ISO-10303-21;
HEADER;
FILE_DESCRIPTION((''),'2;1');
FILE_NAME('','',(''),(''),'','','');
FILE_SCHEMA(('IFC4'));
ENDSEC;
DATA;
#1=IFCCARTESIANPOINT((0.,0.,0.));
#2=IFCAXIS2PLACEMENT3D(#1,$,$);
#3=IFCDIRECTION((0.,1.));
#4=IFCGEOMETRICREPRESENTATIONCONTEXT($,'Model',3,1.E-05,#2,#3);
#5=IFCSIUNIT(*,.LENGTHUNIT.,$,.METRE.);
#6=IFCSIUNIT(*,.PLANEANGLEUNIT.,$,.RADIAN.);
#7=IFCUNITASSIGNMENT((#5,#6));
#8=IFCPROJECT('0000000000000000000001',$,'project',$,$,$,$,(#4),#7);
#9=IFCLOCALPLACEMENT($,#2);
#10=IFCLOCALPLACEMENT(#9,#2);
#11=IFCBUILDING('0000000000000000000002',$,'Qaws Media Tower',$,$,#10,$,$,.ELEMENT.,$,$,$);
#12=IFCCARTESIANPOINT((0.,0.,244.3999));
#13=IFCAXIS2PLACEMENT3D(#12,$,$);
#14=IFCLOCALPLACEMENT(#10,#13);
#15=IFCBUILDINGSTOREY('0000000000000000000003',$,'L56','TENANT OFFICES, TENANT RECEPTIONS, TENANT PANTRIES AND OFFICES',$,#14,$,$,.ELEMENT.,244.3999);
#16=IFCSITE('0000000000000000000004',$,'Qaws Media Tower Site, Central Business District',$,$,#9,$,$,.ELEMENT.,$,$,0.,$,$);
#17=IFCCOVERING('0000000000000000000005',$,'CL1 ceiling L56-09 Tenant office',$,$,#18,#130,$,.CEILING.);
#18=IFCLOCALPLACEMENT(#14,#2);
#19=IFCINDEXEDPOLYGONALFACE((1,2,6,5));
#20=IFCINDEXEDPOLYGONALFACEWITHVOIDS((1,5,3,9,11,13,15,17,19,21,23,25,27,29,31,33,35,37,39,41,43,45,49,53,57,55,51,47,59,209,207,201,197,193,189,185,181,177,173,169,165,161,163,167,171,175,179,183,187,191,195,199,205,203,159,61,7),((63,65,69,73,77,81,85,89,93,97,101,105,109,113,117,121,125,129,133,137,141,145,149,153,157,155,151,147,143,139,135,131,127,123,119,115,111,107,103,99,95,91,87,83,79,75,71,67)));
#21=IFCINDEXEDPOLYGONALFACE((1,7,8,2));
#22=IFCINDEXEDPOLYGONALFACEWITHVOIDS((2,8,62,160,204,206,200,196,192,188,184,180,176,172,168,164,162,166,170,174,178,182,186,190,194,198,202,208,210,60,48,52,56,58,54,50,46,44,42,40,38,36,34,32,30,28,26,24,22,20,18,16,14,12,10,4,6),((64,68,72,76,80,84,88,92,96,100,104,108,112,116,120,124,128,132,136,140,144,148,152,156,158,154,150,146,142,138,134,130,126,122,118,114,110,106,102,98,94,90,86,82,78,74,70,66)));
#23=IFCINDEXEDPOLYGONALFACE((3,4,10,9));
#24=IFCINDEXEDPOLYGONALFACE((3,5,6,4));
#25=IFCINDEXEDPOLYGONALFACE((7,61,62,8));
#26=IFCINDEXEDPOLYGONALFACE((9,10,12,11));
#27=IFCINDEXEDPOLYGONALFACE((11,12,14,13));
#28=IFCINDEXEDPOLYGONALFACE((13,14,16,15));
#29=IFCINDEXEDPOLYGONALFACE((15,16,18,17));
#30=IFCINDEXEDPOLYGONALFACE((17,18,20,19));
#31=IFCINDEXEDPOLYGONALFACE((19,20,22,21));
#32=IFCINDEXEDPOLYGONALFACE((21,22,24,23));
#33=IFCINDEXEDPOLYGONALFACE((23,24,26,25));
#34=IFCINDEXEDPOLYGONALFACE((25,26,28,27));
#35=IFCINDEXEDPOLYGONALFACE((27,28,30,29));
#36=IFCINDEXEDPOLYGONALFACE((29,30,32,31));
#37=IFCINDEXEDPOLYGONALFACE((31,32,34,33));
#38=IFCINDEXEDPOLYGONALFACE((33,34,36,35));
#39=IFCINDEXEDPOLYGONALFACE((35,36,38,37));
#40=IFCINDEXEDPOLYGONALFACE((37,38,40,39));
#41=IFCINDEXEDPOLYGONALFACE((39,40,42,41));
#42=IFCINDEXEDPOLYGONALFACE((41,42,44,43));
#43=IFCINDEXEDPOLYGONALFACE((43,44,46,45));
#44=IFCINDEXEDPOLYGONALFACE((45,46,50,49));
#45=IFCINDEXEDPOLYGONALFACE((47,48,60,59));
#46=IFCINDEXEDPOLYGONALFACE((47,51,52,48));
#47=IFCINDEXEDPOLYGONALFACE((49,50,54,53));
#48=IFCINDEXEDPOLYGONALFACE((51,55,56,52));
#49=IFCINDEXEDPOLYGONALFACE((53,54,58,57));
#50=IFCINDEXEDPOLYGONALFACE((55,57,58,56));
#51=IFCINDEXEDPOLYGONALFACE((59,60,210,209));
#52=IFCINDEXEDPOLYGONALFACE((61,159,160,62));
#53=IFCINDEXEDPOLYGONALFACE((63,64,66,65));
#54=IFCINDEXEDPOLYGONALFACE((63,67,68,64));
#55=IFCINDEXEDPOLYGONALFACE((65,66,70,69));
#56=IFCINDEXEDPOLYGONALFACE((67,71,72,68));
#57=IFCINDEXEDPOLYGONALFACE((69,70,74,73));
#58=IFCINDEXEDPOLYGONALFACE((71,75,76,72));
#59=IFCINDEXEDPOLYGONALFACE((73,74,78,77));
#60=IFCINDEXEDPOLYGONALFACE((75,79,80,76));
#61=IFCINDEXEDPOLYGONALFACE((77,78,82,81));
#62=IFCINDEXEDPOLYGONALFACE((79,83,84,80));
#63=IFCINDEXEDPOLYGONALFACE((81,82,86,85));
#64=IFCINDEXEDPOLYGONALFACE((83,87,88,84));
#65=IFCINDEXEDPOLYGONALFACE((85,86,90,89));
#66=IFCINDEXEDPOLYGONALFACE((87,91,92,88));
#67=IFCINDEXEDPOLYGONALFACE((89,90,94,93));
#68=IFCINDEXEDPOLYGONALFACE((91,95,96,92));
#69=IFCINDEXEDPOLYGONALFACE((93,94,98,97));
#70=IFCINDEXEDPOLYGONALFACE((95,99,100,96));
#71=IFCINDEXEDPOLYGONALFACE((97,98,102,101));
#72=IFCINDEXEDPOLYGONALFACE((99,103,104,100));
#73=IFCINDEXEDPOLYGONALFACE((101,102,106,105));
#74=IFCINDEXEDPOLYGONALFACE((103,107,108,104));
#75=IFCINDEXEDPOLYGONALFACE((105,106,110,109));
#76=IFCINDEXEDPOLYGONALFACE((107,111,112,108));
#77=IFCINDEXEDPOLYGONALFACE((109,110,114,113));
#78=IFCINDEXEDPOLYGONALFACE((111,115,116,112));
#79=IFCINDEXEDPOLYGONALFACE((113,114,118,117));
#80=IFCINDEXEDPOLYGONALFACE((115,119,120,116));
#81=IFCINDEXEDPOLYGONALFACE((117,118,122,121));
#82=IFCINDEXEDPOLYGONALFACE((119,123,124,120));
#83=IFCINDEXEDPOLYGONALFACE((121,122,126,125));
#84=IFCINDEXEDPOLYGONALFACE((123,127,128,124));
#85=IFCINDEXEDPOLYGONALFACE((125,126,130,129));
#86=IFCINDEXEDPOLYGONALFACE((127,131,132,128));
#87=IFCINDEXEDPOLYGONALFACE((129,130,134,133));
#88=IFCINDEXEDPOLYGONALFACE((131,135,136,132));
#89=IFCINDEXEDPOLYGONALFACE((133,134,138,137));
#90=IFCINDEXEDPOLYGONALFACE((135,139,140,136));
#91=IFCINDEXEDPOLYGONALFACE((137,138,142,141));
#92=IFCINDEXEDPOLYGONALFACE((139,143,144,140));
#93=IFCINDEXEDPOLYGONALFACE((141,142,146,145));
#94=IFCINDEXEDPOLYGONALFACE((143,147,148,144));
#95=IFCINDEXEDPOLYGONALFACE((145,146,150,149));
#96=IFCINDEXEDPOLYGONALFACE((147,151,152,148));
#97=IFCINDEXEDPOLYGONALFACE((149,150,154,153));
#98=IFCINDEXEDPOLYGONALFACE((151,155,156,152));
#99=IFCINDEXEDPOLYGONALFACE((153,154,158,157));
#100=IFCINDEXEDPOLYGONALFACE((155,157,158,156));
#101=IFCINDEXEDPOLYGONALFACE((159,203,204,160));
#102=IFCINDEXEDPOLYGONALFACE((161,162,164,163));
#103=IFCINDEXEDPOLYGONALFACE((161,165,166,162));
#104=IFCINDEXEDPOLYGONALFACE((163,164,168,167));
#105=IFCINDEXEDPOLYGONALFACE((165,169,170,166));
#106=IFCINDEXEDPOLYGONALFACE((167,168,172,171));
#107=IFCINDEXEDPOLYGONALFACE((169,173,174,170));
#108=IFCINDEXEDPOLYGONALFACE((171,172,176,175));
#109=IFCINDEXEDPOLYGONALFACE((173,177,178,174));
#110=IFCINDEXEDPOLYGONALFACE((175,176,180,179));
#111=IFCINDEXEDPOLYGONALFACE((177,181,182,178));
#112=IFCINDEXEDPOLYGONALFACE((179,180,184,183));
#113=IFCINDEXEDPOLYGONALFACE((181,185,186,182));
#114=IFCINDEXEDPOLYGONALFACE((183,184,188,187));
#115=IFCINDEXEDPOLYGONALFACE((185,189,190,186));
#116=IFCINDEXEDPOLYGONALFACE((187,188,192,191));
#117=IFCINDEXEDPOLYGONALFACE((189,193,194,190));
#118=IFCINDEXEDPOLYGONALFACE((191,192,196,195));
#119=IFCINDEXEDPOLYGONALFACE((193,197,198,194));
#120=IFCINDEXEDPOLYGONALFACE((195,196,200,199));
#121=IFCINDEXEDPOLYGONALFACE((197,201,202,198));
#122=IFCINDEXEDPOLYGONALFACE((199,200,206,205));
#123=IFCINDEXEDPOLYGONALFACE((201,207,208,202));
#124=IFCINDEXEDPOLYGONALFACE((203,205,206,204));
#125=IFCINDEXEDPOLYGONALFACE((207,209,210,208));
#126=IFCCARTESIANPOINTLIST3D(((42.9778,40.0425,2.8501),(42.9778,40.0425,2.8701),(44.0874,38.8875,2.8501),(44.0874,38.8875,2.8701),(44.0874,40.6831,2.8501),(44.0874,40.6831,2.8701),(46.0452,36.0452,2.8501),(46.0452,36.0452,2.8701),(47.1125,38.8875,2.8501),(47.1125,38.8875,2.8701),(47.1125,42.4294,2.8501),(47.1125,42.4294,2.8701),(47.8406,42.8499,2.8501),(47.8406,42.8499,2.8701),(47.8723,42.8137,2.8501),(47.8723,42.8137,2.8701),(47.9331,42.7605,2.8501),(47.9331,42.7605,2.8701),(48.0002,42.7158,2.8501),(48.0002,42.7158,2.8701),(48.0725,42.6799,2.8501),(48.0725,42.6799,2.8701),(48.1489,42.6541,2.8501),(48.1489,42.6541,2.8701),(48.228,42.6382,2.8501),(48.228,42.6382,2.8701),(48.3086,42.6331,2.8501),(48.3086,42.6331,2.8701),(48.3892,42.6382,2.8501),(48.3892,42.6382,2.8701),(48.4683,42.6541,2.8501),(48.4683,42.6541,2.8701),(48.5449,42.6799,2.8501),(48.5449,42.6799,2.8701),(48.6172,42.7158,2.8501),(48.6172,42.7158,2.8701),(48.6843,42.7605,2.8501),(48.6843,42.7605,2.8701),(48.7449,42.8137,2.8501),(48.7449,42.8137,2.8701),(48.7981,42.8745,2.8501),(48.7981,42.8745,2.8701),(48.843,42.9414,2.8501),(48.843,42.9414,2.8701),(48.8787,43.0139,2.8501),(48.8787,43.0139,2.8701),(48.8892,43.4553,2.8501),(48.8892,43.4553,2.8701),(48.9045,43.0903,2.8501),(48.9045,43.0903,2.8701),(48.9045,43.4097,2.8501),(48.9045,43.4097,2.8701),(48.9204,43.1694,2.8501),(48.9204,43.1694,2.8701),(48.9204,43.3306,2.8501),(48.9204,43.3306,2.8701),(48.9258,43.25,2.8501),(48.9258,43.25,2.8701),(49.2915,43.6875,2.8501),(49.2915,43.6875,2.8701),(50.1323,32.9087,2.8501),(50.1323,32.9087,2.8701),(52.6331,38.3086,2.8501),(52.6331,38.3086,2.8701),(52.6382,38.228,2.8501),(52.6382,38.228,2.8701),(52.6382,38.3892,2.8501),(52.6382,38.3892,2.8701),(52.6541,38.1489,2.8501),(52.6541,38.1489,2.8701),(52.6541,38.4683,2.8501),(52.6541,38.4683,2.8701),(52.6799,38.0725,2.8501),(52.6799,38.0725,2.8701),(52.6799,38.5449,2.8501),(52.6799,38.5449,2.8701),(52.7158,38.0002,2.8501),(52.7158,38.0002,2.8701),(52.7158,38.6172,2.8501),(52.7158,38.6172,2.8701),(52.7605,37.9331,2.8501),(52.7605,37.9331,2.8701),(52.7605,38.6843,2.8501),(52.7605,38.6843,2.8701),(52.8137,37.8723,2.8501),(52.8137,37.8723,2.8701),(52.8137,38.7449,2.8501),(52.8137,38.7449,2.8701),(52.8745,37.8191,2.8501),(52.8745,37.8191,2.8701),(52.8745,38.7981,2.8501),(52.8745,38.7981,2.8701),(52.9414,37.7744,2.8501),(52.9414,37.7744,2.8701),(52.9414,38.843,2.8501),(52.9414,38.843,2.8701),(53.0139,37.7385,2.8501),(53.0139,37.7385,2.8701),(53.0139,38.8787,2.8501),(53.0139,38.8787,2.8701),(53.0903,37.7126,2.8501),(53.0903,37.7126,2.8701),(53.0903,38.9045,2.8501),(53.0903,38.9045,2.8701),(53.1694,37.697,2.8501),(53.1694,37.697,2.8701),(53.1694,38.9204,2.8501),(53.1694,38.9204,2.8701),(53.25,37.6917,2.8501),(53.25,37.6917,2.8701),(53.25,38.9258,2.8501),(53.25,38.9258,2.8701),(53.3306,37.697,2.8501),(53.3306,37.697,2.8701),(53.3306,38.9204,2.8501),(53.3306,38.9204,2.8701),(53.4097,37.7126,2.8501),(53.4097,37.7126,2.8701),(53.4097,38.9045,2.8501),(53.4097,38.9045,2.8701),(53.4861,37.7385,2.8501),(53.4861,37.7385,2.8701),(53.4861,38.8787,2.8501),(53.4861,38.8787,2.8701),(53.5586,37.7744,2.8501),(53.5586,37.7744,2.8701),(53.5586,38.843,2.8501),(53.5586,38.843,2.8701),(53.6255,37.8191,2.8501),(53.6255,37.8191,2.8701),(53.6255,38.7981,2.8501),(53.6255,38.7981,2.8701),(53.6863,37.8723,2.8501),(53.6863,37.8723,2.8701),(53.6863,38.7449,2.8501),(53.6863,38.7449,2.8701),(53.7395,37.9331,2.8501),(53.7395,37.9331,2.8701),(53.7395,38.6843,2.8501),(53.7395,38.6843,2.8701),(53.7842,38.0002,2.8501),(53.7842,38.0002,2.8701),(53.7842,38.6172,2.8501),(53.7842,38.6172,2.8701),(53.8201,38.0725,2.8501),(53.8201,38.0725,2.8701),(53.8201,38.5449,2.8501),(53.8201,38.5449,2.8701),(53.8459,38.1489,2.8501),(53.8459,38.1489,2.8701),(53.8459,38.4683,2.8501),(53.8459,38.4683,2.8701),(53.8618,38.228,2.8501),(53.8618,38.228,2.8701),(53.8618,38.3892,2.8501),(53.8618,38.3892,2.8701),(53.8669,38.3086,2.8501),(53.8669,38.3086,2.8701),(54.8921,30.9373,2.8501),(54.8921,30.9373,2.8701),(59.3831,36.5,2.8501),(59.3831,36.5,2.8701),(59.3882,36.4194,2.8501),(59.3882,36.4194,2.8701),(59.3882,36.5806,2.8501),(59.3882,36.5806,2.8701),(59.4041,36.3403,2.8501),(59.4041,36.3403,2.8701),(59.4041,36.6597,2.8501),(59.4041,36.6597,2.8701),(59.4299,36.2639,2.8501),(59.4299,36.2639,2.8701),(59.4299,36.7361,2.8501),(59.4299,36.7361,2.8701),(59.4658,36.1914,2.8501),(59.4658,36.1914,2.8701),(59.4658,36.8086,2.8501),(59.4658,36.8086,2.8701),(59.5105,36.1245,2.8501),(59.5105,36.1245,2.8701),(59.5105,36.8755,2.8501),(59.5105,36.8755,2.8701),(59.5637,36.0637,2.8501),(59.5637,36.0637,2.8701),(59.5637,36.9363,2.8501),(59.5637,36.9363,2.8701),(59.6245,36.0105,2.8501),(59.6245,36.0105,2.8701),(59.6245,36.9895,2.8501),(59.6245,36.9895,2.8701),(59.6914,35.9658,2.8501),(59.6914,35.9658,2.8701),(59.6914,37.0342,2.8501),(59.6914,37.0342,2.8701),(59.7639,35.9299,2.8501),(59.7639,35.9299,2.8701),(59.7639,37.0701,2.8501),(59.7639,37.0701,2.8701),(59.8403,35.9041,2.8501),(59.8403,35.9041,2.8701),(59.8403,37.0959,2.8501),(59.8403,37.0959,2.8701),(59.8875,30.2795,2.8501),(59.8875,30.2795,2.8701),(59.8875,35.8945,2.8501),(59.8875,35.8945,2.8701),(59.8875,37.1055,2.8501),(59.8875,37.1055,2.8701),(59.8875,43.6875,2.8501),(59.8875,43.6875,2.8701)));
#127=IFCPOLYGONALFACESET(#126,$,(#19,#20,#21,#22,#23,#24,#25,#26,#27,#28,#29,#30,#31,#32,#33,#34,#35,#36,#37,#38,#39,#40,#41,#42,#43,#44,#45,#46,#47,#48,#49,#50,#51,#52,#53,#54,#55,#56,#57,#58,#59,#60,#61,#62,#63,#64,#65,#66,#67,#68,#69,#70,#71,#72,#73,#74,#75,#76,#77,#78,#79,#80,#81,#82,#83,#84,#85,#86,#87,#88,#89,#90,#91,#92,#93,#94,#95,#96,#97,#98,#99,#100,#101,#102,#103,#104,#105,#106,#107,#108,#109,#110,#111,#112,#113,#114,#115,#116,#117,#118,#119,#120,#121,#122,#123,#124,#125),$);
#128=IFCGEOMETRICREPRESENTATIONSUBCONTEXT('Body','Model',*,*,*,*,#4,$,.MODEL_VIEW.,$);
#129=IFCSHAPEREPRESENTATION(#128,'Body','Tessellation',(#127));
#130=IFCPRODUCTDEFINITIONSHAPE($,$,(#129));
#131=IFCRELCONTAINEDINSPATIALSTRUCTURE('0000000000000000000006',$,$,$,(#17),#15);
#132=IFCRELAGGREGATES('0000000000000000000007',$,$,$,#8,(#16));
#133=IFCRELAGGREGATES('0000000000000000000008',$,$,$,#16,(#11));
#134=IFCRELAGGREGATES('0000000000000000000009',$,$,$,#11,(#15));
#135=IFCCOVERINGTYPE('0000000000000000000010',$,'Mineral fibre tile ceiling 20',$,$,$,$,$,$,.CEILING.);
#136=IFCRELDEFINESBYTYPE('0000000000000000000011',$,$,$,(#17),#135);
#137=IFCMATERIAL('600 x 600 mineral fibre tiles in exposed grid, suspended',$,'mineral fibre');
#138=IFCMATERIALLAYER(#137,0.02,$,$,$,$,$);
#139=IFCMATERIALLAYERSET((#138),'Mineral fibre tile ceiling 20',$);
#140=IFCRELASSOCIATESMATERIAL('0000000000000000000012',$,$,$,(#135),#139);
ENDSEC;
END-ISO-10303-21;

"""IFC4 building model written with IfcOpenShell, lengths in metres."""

from ifc_helpers import new_model, si_unit, direction, frame, origin, place, context, subcontext, project, spatial, polyline, outline, extrude, material, layer, layer_set, type_object, element, save


model = new_model("IFC4")

# Units and contexts
model_context = context("Model", 3, precision=1e-05, world=origin(), true_north=direction((0.0, 1.0)))
body_context = subcontext(model_context, "Body", "Model", "MODEL_VIEW")
ifc_project = project(units=[si_unit("LENGTHUNIT", "METRE"), si_unit("PLANEANGLEUNIT", "RADIAN")], contexts=[model_context])

# Site, building, storey
site_placement = place(None, origin())
site = spatial("IfcSite", under=ifc_project, at=site_placement, Name="Qaws Media Tower Site, Central Business District", CompositionType="ELEMENT", RefElevation=0.0)
building_placement = place(site_placement, origin())
building = spatial("IfcBuilding", under=site, at=building_placement, Name="Qaws Media Tower", CompositionType="ELEMENT")
storey_placement = place(building_placement, frame((0.0, 0.0, 244.3999)))
storey = spatial("IfcBuildingStorey", under=building, at=storey_placement, Name="L56", Description="TENANT OFFICES, TENANT RECEPTIONS, TENANT PANTRIES AND OFFICES", CompositionType="ELEMENT", Elevation=244.3999)

# Covering
ifc_material_1 = material(Name="600 x 600 mineral fibre tiles in exposed grid, suspended", Category="mineral fibre")
ifc_layer_1 = layer(ifc_material_1, 0.02)
ifc_layer_set_1 = layer_set([ifc_layer_1], Name="Mineral fibre tile ceiling 20")
covering_type_1 = type_object("IfcCoveringType", Name="Mineral fibre tile ceiling 20", PredefinedType="CEILING", material=ifc_layer_set_1)
covering_1_placement = place(storey_placement, frame((0.0, 0.0, 2.8501)))
element("IfcCovering", 1, at=covering_1_placement, inside=storey, type_object=covering_type_1, Name="CL1 ceiling L56-09 Tenant office", PredefinedType="CEILING", context=body_context, shape_type="SweptSolid", body=[
    extrude(outline(polyline([(54.8921, 30.9373), (50.1323, 32.9087), (46.0452, 36.0452), (42.9778, 40.0425), (44.0874, 40.6831), (44.0874, 38.8875), (47.1125, 38.8875), (47.1125, 42.4294), (47.8406, 42.8499), (47.8723, 42.8137), (47.9331, 42.7605), (48.0002, 42.7158), (48.0725, 42.6799), (48.1489, 42.6541), (48.228, 42.6382), (48.3086, 42.6331), (48.3892, 42.6382), (48.4683, 42.6541), (48.5449, 42.6799), (48.6172, 42.7158), (48.6843, 42.7605), (48.7449, 42.8137), (48.7981, 42.8745), (48.843, 42.9414), (48.8787, 43.0139), (48.9045, 43.0903), (48.9204, 43.1694), (48.9258, 43.25), (48.9204, 43.3306), (48.9045, 43.4097), (48.8892, 43.4553), (49.2915, 43.6875), (59.8875, 43.6875), (59.8875, 37.1055), (59.8403, 37.0959), (59.7639, 37.0701), (59.6914, 37.0342), (59.6245, 36.9895), (59.5637, 36.9363), (59.5105, 36.8755), (59.4658, 36.8086), (59.4299, 36.7361), (59.4041, 36.6597), (59.3882, 36.5806), (59.3831, 36.5), (59.3882, 36.4194), (59.4041, 36.3403), (59.4299, 36.2639), (59.4658, 36.1914), (59.5105, 36.1245), (59.5637, 36.0637), (59.6245, 36.0105), (59.6914, 35.9658), (59.7639, 35.9299), (59.8403, 35.9041), (59.8875, 35.8945), (59.8875, 30.2795), (54.8921, 30.9373)]), holes=[polyline([(53.8459, 38.1489), (53.8618, 38.228), (53.8669, 38.3086), (53.8618, 38.3892), (53.8459, 38.4683), (53.8201, 38.5449), (53.7842, 38.6172), (53.7395, 38.6843), (53.6863, 38.7449), (53.6255, 38.7981), (53.5586, 38.843), (53.4861, 38.8787), (53.4097, 38.9045), (53.3306, 38.9204), (53.25, 38.9258), (53.1694, 38.9204), (53.0903, 38.9045), (53.0139, 38.8787), (52.9414, 38.843), (52.8745, 38.7981), (52.8137, 38.7449), (52.7605, 38.6843), (52.7158, 38.6172), (52.6799, 38.5449), (52.6541, 38.4683), (52.6382, 38.3892), (52.6331, 38.3086), (52.6382, 38.228), (52.6541, 38.1489), (52.6799, 38.0725), (52.7158, 38.0002), (52.7605, 37.9331), (52.8137, 37.8723), (52.8745, 37.8191), (52.9414, 37.7744), (53.0139, 37.7385), (53.0903, 37.7126), (53.1694, 37.697), (53.25, 37.6917), (53.3306, 37.697), (53.4097, 37.7126), (53.4861, 37.7385), (53.5586, 37.7744), (53.6255, 37.8191), (53.6863, 37.8723), (53.7395, 37.9331), (53.7842, 38.0002), (53.8201, 38.0725), (53.8459, 38.1489)])]), origin(), (0.0, 0.0, 1.0), 0.02),
])

save(model, "model.ifc")
